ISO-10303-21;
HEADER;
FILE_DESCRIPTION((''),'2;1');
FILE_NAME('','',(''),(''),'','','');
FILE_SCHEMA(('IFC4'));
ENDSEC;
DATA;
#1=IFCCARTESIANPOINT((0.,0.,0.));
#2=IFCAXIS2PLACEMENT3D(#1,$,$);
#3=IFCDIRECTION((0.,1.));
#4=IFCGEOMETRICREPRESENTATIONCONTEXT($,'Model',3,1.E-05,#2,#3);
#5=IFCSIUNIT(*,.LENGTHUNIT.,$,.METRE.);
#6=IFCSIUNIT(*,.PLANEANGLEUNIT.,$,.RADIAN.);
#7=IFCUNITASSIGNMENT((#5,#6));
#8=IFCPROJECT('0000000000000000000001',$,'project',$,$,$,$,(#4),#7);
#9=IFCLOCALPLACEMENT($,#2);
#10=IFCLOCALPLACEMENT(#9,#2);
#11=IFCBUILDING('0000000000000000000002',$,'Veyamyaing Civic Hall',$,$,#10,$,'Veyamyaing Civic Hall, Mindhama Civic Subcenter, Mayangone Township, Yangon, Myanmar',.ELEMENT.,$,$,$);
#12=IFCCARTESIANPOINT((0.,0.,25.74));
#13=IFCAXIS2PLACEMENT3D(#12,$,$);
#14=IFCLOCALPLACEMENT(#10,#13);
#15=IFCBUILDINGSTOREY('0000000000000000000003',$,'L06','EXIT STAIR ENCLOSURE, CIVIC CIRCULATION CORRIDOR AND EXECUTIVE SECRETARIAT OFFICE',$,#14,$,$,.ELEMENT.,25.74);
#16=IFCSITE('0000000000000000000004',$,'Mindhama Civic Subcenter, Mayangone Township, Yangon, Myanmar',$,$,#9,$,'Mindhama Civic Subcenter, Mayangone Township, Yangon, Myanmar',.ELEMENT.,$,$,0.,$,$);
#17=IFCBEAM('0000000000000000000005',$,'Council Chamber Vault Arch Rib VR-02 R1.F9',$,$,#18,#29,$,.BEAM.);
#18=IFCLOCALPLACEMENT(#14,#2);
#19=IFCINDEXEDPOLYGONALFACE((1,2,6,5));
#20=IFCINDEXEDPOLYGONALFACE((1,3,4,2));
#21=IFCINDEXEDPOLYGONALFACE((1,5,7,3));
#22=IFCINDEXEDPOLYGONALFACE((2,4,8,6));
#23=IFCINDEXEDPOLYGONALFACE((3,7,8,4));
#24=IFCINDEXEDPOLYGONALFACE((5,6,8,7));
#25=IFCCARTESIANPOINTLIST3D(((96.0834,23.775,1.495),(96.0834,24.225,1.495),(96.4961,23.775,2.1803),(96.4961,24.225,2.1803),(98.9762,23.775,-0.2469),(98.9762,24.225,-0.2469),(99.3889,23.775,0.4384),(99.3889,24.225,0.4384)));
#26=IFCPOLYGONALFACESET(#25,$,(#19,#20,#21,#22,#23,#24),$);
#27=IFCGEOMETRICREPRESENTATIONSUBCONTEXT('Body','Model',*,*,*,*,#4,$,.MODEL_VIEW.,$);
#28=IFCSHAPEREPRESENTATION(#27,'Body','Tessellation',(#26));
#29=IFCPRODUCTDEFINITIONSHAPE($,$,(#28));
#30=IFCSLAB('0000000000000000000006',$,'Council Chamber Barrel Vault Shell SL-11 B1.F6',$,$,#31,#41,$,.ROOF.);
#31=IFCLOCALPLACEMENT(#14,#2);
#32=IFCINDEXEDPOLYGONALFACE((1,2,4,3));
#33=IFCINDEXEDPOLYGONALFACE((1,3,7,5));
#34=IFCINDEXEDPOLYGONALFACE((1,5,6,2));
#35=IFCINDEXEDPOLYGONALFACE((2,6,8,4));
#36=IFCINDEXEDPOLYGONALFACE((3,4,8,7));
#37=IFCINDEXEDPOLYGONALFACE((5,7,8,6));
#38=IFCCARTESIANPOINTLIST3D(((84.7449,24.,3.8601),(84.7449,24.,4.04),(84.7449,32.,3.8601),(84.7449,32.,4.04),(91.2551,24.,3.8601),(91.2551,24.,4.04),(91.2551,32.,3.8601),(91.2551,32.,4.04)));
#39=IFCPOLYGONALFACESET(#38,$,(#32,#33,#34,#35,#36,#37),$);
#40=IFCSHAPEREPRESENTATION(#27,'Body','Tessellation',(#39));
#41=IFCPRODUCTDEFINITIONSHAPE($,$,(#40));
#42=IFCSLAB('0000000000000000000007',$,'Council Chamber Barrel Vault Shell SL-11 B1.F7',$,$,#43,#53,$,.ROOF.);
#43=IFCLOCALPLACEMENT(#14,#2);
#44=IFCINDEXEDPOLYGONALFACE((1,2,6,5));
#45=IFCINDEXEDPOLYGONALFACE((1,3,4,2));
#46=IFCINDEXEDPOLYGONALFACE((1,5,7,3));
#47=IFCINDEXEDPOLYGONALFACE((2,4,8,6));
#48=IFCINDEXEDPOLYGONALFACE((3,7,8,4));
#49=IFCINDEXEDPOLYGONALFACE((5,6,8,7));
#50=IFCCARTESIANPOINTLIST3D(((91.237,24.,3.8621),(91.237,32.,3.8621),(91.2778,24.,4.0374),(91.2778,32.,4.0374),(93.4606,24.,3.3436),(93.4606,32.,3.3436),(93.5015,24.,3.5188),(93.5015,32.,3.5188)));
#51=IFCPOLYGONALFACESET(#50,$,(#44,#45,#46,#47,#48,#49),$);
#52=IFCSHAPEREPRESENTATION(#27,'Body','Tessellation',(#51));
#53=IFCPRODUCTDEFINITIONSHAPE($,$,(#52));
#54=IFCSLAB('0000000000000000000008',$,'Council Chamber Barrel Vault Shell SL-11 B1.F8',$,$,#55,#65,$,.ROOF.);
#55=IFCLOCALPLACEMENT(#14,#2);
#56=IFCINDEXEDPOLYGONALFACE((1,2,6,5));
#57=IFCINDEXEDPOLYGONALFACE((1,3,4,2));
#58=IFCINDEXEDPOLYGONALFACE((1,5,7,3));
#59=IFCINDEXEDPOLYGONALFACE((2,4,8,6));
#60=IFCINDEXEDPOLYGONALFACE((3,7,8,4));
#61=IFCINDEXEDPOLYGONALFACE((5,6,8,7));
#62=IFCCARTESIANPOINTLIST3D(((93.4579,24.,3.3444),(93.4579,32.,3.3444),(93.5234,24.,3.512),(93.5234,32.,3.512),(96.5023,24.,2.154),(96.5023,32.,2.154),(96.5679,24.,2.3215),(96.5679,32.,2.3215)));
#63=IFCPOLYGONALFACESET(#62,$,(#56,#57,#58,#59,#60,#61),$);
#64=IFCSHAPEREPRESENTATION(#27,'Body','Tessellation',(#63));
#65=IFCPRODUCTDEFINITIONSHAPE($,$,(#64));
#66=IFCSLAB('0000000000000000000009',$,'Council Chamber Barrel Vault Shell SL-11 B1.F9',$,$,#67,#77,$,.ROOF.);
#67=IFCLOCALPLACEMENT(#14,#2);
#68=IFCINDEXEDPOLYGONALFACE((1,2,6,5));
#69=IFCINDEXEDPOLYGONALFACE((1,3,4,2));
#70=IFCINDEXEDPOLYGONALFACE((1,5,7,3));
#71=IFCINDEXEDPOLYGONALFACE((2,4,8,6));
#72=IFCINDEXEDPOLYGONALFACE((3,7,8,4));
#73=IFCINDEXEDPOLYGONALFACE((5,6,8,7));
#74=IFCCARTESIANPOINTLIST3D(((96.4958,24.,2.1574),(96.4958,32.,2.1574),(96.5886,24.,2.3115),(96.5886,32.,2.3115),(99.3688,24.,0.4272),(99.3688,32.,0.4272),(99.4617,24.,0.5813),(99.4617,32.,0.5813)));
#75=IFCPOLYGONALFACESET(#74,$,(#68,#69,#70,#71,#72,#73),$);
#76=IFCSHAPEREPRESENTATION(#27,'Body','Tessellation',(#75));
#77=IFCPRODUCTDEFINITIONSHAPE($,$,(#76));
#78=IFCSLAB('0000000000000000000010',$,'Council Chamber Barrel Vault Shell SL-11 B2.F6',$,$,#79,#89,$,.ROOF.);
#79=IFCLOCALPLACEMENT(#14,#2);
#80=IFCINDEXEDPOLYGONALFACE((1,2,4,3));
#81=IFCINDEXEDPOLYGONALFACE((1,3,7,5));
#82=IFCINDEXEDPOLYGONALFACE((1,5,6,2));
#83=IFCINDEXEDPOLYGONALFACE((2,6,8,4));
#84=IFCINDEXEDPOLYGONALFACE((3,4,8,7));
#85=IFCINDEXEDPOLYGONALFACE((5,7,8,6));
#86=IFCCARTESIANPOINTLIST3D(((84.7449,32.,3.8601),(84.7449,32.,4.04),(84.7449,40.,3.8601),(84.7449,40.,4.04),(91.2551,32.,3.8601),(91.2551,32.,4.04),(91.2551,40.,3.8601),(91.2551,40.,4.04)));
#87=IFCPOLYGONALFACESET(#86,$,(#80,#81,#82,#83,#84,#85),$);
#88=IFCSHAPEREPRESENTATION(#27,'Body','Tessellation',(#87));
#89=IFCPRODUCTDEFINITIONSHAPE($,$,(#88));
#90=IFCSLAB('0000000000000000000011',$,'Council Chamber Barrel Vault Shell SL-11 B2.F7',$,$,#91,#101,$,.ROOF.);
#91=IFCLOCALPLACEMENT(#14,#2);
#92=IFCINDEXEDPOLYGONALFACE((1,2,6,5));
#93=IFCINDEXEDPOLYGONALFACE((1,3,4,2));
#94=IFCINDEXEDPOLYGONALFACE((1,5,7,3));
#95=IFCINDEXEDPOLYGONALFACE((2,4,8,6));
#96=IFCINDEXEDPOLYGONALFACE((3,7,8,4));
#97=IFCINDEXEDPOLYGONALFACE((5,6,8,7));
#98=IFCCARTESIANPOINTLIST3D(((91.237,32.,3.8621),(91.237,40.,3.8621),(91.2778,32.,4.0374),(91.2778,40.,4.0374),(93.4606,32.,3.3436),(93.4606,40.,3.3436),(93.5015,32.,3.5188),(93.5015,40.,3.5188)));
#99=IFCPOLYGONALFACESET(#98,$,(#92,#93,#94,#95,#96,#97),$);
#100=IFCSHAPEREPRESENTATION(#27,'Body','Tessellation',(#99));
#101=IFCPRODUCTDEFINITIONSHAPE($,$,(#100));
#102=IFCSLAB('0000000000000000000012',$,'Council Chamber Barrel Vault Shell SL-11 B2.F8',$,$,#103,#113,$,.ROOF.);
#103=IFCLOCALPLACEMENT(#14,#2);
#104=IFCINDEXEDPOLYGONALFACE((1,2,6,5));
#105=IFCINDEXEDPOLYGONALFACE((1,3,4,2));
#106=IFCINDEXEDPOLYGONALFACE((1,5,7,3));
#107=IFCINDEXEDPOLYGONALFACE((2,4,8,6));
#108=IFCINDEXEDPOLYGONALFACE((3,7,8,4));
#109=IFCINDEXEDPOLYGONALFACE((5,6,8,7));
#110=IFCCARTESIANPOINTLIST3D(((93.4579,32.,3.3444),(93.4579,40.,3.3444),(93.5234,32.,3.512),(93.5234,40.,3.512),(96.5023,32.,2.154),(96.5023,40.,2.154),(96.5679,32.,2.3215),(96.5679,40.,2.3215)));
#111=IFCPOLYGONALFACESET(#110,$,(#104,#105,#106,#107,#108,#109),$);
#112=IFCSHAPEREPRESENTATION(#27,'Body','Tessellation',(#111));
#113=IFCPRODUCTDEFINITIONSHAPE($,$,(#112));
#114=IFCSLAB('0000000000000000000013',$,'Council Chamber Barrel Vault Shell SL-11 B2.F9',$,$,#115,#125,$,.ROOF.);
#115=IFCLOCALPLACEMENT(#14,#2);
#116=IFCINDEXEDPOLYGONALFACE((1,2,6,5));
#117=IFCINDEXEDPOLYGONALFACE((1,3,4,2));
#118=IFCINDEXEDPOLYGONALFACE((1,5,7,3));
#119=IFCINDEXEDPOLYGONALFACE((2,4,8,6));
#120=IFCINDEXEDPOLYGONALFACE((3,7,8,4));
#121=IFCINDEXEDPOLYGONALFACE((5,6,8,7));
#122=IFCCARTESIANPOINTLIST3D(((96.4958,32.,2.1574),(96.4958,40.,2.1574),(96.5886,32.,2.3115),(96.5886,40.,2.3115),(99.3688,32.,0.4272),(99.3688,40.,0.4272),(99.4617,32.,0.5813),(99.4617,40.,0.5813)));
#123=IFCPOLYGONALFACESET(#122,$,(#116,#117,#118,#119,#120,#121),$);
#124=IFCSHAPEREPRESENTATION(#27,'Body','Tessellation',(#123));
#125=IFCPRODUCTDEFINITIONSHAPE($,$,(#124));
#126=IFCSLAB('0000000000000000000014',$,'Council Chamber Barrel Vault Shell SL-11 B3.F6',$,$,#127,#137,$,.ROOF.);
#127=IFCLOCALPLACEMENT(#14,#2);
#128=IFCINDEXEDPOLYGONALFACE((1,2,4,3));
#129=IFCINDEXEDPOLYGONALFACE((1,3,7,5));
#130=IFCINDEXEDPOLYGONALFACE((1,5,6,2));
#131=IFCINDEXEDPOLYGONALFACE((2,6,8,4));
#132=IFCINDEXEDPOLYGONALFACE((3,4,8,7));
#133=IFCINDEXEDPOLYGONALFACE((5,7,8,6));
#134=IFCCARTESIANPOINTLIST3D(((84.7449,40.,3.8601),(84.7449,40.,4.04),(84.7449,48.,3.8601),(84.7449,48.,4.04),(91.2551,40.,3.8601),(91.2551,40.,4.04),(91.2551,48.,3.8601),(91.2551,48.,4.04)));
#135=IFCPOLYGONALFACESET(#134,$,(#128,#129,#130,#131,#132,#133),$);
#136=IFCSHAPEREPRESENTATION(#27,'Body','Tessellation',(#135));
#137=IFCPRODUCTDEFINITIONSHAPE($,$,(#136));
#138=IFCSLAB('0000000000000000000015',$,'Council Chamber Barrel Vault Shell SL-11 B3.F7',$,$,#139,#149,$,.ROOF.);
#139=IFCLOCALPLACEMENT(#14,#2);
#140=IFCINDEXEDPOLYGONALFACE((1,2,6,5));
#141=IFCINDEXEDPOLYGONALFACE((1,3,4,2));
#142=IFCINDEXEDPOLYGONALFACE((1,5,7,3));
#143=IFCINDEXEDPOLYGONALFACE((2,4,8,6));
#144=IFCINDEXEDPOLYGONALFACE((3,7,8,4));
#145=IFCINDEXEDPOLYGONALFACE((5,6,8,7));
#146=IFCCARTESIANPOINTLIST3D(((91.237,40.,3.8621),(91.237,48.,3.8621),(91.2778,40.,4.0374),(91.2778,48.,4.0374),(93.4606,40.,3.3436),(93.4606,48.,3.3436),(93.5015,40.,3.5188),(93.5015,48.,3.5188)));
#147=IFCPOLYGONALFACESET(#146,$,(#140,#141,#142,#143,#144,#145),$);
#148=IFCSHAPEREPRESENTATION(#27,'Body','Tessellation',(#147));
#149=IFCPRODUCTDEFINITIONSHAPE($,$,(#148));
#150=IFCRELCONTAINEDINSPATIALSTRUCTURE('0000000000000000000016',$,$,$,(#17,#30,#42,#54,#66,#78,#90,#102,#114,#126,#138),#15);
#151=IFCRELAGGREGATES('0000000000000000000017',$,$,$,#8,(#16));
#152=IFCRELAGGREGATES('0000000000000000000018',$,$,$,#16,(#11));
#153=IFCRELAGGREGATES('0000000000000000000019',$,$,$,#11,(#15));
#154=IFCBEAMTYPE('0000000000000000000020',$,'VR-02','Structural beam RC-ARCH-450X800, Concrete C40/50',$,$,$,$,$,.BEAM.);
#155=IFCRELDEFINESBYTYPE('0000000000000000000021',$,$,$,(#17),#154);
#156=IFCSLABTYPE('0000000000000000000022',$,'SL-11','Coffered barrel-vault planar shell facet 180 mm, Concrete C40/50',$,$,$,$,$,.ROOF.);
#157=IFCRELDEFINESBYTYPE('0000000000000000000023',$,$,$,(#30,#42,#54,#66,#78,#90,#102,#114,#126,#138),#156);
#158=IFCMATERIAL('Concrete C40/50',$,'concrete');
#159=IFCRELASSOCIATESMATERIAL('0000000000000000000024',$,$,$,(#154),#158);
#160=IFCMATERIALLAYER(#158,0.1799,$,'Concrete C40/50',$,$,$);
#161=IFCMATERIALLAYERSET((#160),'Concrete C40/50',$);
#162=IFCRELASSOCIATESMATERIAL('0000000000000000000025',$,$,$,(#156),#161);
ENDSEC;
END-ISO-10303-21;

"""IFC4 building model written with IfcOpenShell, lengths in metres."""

from ifc_helpers import new_model, si_unit, direction, frame, origin, origin_2d, place, context, subcontext, project, spatial, polyline, rectangle, outline, extrude, material, layer, layer_set, material_profile, profile_set, type_object, element, save


model = new_model("IFC4")

# Units and contexts
model_context = context("Model", 3, precision=1e-05, world=origin(), true_north=direction((0.0, 1.0)))
body_context = subcontext(model_context, "Body", "Model", "MODEL_VIEW")
ifc_project = project(units=[si_unit("LENGTHUNIT", "METRE"), si_unit("PLANEANGLEUNIT", "RADIAN")], contexts=[model_context])

# Site, building, storey
site_placement = place(None, origin())
site = spatial("IfcSite", under=ifc_project, at=site_placement, Name="Mindhama Civic Subcenter, Mayangone Township, Yangon, Myanmar", LongName="Mindhama Civic Subcenter, Mayangone Township, Yangon, Myanmar", CompositionType="ELEMENT", RefElevation=0.0)
building_placement = place(site_placement, origin())
building = spatial("IfcBuilding", under=site, at=building_placement, Name="Veyamyaing Civic Hall", LongName="Veyamyaing Civic Hall, Mindhama Civic Subcenter, Mayangone Township, Yangon, Myanmar", CompositionType="ELEMENT")
storey_placement = place(building_placement, frame((0.0, 0.0, 25.74)))
storey = spatial("IfcBuildingStorey", under=building, at=storey_placement, Name="L06", Description="EXIT STAIR ENCLOSURE, CIVIC CIRCULATION CORRIDOR AND EXECUTIVE SECRETARIAT OFFICE", CompositionType="ELEMENT", Elevation=25.74)

# Beam
ifc_material = material(Name="Concrete C40/50", Category="concrete")
ifc_material_profile_1 = material_profile(ifc_material, rectangle(XDim=0.45, YDim=0.8, at=origin_2d()), Name="RC-ARCH-450X800")
ifc_profile_set_1 = profile_set([ifc_material_profile_1], Name="Concrete C40/50")
beam_type_1 = type_object("IfcBeamType", Name="VR-02", Description="Structural beam RC-ARCH-450X800, Concrete C40/50", PredefinedType="BEAM", material=ifc_profile_set_1)
beam_1_placement = place(storey_placement, frame((96.2898, 24.0, 1.8376), z_axis=(0.856675, 0.0, -0.515856), x_axis=(0.0, 1.0, 0.0)))
element("IfcBeam", 1, at=beam_1_placement, inside=storey, type_object=beam_type_1, Name="Council Chamber Vault Arch Rib VR-02 R1.F9", PredefinedType="BEAM", context=body_context, shape_type="SweptSolid", body=[
    extrude(rectangle(XDim=0.45, YDim=0.8, at=origin_2d()), origin(), (0.0, 0.0, 1.0), 3.3767),
])

# Slabs
ifc_layer = layer(ifc_material, 0.1799, Name="Concrete C40/50")
ifc_layer_set = layer_set([ifc_layer], Name="Concrete C40/50")
slab_type = type_object("IfcSlabType", Name="SL-11", Description="Coffered barrel-vault planar shell facet 180 mm, Concrete C40/50", PredefinedType="ROOF", material=ifc_layer_set)
slab_1_placement = place(storey_placement, frame((84.7449, 24.0, 4.04), z_axis=(0.0, 0.0, 1.0), x_axis=(1.0, 0.0, 0.0)))
element("IfcSlab", 2, at=slab_1_placement, inside=storey, type_object=slab_type, Name="Council Chamber Barrel Vault Shell SL-11 B1.F6", PredefinedType="ROOF", context=body_context, shape_type="SweptSolid", body=[
    extrude(outline(polyline([(0.0, 0.0), (6.5103, 0.0), (6.5103, 8.0), (0.0, 8.0), (0.0, 0.0)])), origin(), (0.0, 0.0, -1.0), 0.1799),
])
slab_2_placement = place(storey_placement, frame((91.2778, 24.0, 4.0374), z_axis=(0.227108, 0.0, 0.97387), x_axis=(0.97387, 0.0, -0.227108)))
element("IfcSlab", 3, at=slab_2_placement, inside=storey, type_object=slab_type, Name="Council Chamber Barrel Vault Shell SL-11 B1.F7", PredefinedType="ROOF", context=body_context, shape_type="SweptSolid", body=[
    extrude(outline(polyline([(0.0, 0.0), (2.2833, 0.0), (2.2833, 8.0), (0.0, 8.0), (0.0, 0.0)])), origin(), (0.0, 0.0, -1.0), 0.1799),
])
slab_3_placement = place(storey_placement, frame((93.5234, 24.0, 3.512), z_axis=(0.364168, 0.0, 0.931333), x_axis=(0.931333, 0.0, -0.364168)))
element("IfcSlab", 4, at=slab_3_placement, inside=storey, type_object=slab_type, Name="Council Chamber Barrel Vault Shell SL-11 B1.F8", PredefinedType="ROOF", context=body_context, shape_type="SweptSolid", body=[
    extrude(outline(polyline([(0.0, 0.0), (3.2689, 0.0), (3.2689, 8.0), (0.0, 8.0), (0.0, 0.0)])), origin(), (0.0, 0.0, -1.0), 0.1799),
])
slab_4_placement = place(storey_placement, frame((96.5886, 24.0, 2.3115), z_axis=(0.515897, 0.0, 0.85665), x_axis=(0.85665, 0.0, -0.515897)))
element("IfcSlab", 5, at=slab_4_placement, inside=storey, type_object=slab_type, Name="Council Chamber Barrel Vault Shell SL-11 B1.F9", PredefinedType="ROOF", context=body_context, shape_type="SweptSolid", body=[
    extrude(outline(polyline([(0.0, 0.0), (3.3538, 0.0), (3.3538, 8.0), (0.0, 8.0), (0.0, 0.0)])), origin(), (0.0, 0.0, -1.0), 0.1799),
])
slab_5_placement = place(storey_placement, frame((84.7449, 32.0, 4.04), z_axis=(0.0, 0.0, 1.0), x_axis=(1.0, 0.0, 0.0)))
element("IfcSlab", 6, at=slab_5_placement, inside=storey, type_object=slab_type, Name="Council Chamber Barrel Vault Shell SL-11 B2.F6", PredefinedType="ROOF", context=body_context, shape_type="SweptSolid", body=[
    extrude(outline(polyline([(0.0, 0.0), (6.5103, 0.0), (6.5103, 8.0), (0.0, 8.0), (0.0, 0.0)])), origin(), (0.0, 0.0, -1.0), 0.1799),
])
slab_6_placement = place(storey_placement, frame((91.2778, 32.0, 4.0374), z_axis=(0.227108, 0.0, 0.97387), x_axis=(0.97387, 0.0, -0.227108)))
element("IfcSlab", 7, at=slab_6_placement, inside=storey, type_object=slab_type, Name="Council Chamber Barrel Vault Shell SL-11 B2.F7", PredefinedType="ROOF", context=body_context, shape_type="SweptSolid", body=[
    extrude(outline(polyline([(0.0, 0.0), (2.2833, 0.0), (2.2833, 8.0), (0.0, 8.0), (0.0, 0.0)])), origin(), (0.0, 0.0, -1.0), 0.1799),
])
slab_7_placement = place(storey_placement, frame((93.5234, 32.0, 3.512), z_axis=(0.364168, 0.0, 0.931333), x_axis=(0.931333, 0.0, -0.364168)))
element("IfcSlab", 8, at=slab_7_placement, inside=storey, type_object=slab_type, Name="Council Chamber Barrel Vault Shell SL-11 B2.F8", PredefinedType="ROOF", context=body_context, shape_type="SweptSolid", body=[
    extrude(outline(polyline([(0.0, 0.0), (3.2689, 0.0), (3.2689, 8.0), (0.0, 8.0), (0.0, 0.0)])), origin(), (0.0, 0.0, -1.0), 0.1799),
])
slab_8_placement = place(storey_placement, frame((96.5886, 32.0, 2.3115), z_axis=(0.515897, 0.0, 0.85665), x_axis=(0.85665, 0.0, -0.515897)))
element("IfcSlab", 9, at=slab_8_placement, inside=storey, type_object=slab_type, Name="Council Chamber Barrel Vault Shell SL-11 B2.F9", PredefinedType="ROOF", context=body_context, shape_type="SweptSolid", body=[
    extrude(outline(polyline([(0.0, 0.0), (3.3538, 0.0), (3.3538, 8.0), (0.0, 8.0), (0.0, 0.0)])), origin(), (0.0, 0.0, -1.0), 0.1799),
])
slab_9_placement = place(storey_placement, frame((84.7449, 40.0, 4.04), z_axis=(0.0, 0.0, 1.0), x_axis=(1.0, 0.0, 0.0)))
element("IfcSlab", 10, at=slab_9_placement, inside=storey, type_object=slab_type, Name="Council Chamber Barrel Vault Shell SL-11 B3.F6", PredefinedType="ROOF", context=body_context, shape_type="SweptSolid", body=[
    extrude(outline(polyline([(0.0, 0.0), (6.5103, 0.0), (6.5103, 8.0), (0.0, 8.0), (0.0, 0.0)])), origin(), (0.0, 0.0, -1.0), 0.1799),
])
slab_10_placement = place(storey_placement, frame((91.2778, 40.0, 4.0374), z_axis=(0.227108, 0.0, 0.97387), x_axis=(0.97387, 0.0, -0.227108)))
element("IfcSlab", 11, at=slab_10_placement, inside=storey, type_object=slab_type, Name="Council Chamber Barrel Vault Shell SL-11 B3.F7", PredefinedType="ROOF", context=body_context, shape_type="SweptSolid", body=[
    extrude(outline(polyline([(0.0, 0.0), (2.2833, 0.0), (2.2833, 8.0), (0.0, 8.0), (0.0, 0.0)])), origin(), (0.0, 0.0, -1.0), 0.1799),
])

save(model, "model.ifc")
